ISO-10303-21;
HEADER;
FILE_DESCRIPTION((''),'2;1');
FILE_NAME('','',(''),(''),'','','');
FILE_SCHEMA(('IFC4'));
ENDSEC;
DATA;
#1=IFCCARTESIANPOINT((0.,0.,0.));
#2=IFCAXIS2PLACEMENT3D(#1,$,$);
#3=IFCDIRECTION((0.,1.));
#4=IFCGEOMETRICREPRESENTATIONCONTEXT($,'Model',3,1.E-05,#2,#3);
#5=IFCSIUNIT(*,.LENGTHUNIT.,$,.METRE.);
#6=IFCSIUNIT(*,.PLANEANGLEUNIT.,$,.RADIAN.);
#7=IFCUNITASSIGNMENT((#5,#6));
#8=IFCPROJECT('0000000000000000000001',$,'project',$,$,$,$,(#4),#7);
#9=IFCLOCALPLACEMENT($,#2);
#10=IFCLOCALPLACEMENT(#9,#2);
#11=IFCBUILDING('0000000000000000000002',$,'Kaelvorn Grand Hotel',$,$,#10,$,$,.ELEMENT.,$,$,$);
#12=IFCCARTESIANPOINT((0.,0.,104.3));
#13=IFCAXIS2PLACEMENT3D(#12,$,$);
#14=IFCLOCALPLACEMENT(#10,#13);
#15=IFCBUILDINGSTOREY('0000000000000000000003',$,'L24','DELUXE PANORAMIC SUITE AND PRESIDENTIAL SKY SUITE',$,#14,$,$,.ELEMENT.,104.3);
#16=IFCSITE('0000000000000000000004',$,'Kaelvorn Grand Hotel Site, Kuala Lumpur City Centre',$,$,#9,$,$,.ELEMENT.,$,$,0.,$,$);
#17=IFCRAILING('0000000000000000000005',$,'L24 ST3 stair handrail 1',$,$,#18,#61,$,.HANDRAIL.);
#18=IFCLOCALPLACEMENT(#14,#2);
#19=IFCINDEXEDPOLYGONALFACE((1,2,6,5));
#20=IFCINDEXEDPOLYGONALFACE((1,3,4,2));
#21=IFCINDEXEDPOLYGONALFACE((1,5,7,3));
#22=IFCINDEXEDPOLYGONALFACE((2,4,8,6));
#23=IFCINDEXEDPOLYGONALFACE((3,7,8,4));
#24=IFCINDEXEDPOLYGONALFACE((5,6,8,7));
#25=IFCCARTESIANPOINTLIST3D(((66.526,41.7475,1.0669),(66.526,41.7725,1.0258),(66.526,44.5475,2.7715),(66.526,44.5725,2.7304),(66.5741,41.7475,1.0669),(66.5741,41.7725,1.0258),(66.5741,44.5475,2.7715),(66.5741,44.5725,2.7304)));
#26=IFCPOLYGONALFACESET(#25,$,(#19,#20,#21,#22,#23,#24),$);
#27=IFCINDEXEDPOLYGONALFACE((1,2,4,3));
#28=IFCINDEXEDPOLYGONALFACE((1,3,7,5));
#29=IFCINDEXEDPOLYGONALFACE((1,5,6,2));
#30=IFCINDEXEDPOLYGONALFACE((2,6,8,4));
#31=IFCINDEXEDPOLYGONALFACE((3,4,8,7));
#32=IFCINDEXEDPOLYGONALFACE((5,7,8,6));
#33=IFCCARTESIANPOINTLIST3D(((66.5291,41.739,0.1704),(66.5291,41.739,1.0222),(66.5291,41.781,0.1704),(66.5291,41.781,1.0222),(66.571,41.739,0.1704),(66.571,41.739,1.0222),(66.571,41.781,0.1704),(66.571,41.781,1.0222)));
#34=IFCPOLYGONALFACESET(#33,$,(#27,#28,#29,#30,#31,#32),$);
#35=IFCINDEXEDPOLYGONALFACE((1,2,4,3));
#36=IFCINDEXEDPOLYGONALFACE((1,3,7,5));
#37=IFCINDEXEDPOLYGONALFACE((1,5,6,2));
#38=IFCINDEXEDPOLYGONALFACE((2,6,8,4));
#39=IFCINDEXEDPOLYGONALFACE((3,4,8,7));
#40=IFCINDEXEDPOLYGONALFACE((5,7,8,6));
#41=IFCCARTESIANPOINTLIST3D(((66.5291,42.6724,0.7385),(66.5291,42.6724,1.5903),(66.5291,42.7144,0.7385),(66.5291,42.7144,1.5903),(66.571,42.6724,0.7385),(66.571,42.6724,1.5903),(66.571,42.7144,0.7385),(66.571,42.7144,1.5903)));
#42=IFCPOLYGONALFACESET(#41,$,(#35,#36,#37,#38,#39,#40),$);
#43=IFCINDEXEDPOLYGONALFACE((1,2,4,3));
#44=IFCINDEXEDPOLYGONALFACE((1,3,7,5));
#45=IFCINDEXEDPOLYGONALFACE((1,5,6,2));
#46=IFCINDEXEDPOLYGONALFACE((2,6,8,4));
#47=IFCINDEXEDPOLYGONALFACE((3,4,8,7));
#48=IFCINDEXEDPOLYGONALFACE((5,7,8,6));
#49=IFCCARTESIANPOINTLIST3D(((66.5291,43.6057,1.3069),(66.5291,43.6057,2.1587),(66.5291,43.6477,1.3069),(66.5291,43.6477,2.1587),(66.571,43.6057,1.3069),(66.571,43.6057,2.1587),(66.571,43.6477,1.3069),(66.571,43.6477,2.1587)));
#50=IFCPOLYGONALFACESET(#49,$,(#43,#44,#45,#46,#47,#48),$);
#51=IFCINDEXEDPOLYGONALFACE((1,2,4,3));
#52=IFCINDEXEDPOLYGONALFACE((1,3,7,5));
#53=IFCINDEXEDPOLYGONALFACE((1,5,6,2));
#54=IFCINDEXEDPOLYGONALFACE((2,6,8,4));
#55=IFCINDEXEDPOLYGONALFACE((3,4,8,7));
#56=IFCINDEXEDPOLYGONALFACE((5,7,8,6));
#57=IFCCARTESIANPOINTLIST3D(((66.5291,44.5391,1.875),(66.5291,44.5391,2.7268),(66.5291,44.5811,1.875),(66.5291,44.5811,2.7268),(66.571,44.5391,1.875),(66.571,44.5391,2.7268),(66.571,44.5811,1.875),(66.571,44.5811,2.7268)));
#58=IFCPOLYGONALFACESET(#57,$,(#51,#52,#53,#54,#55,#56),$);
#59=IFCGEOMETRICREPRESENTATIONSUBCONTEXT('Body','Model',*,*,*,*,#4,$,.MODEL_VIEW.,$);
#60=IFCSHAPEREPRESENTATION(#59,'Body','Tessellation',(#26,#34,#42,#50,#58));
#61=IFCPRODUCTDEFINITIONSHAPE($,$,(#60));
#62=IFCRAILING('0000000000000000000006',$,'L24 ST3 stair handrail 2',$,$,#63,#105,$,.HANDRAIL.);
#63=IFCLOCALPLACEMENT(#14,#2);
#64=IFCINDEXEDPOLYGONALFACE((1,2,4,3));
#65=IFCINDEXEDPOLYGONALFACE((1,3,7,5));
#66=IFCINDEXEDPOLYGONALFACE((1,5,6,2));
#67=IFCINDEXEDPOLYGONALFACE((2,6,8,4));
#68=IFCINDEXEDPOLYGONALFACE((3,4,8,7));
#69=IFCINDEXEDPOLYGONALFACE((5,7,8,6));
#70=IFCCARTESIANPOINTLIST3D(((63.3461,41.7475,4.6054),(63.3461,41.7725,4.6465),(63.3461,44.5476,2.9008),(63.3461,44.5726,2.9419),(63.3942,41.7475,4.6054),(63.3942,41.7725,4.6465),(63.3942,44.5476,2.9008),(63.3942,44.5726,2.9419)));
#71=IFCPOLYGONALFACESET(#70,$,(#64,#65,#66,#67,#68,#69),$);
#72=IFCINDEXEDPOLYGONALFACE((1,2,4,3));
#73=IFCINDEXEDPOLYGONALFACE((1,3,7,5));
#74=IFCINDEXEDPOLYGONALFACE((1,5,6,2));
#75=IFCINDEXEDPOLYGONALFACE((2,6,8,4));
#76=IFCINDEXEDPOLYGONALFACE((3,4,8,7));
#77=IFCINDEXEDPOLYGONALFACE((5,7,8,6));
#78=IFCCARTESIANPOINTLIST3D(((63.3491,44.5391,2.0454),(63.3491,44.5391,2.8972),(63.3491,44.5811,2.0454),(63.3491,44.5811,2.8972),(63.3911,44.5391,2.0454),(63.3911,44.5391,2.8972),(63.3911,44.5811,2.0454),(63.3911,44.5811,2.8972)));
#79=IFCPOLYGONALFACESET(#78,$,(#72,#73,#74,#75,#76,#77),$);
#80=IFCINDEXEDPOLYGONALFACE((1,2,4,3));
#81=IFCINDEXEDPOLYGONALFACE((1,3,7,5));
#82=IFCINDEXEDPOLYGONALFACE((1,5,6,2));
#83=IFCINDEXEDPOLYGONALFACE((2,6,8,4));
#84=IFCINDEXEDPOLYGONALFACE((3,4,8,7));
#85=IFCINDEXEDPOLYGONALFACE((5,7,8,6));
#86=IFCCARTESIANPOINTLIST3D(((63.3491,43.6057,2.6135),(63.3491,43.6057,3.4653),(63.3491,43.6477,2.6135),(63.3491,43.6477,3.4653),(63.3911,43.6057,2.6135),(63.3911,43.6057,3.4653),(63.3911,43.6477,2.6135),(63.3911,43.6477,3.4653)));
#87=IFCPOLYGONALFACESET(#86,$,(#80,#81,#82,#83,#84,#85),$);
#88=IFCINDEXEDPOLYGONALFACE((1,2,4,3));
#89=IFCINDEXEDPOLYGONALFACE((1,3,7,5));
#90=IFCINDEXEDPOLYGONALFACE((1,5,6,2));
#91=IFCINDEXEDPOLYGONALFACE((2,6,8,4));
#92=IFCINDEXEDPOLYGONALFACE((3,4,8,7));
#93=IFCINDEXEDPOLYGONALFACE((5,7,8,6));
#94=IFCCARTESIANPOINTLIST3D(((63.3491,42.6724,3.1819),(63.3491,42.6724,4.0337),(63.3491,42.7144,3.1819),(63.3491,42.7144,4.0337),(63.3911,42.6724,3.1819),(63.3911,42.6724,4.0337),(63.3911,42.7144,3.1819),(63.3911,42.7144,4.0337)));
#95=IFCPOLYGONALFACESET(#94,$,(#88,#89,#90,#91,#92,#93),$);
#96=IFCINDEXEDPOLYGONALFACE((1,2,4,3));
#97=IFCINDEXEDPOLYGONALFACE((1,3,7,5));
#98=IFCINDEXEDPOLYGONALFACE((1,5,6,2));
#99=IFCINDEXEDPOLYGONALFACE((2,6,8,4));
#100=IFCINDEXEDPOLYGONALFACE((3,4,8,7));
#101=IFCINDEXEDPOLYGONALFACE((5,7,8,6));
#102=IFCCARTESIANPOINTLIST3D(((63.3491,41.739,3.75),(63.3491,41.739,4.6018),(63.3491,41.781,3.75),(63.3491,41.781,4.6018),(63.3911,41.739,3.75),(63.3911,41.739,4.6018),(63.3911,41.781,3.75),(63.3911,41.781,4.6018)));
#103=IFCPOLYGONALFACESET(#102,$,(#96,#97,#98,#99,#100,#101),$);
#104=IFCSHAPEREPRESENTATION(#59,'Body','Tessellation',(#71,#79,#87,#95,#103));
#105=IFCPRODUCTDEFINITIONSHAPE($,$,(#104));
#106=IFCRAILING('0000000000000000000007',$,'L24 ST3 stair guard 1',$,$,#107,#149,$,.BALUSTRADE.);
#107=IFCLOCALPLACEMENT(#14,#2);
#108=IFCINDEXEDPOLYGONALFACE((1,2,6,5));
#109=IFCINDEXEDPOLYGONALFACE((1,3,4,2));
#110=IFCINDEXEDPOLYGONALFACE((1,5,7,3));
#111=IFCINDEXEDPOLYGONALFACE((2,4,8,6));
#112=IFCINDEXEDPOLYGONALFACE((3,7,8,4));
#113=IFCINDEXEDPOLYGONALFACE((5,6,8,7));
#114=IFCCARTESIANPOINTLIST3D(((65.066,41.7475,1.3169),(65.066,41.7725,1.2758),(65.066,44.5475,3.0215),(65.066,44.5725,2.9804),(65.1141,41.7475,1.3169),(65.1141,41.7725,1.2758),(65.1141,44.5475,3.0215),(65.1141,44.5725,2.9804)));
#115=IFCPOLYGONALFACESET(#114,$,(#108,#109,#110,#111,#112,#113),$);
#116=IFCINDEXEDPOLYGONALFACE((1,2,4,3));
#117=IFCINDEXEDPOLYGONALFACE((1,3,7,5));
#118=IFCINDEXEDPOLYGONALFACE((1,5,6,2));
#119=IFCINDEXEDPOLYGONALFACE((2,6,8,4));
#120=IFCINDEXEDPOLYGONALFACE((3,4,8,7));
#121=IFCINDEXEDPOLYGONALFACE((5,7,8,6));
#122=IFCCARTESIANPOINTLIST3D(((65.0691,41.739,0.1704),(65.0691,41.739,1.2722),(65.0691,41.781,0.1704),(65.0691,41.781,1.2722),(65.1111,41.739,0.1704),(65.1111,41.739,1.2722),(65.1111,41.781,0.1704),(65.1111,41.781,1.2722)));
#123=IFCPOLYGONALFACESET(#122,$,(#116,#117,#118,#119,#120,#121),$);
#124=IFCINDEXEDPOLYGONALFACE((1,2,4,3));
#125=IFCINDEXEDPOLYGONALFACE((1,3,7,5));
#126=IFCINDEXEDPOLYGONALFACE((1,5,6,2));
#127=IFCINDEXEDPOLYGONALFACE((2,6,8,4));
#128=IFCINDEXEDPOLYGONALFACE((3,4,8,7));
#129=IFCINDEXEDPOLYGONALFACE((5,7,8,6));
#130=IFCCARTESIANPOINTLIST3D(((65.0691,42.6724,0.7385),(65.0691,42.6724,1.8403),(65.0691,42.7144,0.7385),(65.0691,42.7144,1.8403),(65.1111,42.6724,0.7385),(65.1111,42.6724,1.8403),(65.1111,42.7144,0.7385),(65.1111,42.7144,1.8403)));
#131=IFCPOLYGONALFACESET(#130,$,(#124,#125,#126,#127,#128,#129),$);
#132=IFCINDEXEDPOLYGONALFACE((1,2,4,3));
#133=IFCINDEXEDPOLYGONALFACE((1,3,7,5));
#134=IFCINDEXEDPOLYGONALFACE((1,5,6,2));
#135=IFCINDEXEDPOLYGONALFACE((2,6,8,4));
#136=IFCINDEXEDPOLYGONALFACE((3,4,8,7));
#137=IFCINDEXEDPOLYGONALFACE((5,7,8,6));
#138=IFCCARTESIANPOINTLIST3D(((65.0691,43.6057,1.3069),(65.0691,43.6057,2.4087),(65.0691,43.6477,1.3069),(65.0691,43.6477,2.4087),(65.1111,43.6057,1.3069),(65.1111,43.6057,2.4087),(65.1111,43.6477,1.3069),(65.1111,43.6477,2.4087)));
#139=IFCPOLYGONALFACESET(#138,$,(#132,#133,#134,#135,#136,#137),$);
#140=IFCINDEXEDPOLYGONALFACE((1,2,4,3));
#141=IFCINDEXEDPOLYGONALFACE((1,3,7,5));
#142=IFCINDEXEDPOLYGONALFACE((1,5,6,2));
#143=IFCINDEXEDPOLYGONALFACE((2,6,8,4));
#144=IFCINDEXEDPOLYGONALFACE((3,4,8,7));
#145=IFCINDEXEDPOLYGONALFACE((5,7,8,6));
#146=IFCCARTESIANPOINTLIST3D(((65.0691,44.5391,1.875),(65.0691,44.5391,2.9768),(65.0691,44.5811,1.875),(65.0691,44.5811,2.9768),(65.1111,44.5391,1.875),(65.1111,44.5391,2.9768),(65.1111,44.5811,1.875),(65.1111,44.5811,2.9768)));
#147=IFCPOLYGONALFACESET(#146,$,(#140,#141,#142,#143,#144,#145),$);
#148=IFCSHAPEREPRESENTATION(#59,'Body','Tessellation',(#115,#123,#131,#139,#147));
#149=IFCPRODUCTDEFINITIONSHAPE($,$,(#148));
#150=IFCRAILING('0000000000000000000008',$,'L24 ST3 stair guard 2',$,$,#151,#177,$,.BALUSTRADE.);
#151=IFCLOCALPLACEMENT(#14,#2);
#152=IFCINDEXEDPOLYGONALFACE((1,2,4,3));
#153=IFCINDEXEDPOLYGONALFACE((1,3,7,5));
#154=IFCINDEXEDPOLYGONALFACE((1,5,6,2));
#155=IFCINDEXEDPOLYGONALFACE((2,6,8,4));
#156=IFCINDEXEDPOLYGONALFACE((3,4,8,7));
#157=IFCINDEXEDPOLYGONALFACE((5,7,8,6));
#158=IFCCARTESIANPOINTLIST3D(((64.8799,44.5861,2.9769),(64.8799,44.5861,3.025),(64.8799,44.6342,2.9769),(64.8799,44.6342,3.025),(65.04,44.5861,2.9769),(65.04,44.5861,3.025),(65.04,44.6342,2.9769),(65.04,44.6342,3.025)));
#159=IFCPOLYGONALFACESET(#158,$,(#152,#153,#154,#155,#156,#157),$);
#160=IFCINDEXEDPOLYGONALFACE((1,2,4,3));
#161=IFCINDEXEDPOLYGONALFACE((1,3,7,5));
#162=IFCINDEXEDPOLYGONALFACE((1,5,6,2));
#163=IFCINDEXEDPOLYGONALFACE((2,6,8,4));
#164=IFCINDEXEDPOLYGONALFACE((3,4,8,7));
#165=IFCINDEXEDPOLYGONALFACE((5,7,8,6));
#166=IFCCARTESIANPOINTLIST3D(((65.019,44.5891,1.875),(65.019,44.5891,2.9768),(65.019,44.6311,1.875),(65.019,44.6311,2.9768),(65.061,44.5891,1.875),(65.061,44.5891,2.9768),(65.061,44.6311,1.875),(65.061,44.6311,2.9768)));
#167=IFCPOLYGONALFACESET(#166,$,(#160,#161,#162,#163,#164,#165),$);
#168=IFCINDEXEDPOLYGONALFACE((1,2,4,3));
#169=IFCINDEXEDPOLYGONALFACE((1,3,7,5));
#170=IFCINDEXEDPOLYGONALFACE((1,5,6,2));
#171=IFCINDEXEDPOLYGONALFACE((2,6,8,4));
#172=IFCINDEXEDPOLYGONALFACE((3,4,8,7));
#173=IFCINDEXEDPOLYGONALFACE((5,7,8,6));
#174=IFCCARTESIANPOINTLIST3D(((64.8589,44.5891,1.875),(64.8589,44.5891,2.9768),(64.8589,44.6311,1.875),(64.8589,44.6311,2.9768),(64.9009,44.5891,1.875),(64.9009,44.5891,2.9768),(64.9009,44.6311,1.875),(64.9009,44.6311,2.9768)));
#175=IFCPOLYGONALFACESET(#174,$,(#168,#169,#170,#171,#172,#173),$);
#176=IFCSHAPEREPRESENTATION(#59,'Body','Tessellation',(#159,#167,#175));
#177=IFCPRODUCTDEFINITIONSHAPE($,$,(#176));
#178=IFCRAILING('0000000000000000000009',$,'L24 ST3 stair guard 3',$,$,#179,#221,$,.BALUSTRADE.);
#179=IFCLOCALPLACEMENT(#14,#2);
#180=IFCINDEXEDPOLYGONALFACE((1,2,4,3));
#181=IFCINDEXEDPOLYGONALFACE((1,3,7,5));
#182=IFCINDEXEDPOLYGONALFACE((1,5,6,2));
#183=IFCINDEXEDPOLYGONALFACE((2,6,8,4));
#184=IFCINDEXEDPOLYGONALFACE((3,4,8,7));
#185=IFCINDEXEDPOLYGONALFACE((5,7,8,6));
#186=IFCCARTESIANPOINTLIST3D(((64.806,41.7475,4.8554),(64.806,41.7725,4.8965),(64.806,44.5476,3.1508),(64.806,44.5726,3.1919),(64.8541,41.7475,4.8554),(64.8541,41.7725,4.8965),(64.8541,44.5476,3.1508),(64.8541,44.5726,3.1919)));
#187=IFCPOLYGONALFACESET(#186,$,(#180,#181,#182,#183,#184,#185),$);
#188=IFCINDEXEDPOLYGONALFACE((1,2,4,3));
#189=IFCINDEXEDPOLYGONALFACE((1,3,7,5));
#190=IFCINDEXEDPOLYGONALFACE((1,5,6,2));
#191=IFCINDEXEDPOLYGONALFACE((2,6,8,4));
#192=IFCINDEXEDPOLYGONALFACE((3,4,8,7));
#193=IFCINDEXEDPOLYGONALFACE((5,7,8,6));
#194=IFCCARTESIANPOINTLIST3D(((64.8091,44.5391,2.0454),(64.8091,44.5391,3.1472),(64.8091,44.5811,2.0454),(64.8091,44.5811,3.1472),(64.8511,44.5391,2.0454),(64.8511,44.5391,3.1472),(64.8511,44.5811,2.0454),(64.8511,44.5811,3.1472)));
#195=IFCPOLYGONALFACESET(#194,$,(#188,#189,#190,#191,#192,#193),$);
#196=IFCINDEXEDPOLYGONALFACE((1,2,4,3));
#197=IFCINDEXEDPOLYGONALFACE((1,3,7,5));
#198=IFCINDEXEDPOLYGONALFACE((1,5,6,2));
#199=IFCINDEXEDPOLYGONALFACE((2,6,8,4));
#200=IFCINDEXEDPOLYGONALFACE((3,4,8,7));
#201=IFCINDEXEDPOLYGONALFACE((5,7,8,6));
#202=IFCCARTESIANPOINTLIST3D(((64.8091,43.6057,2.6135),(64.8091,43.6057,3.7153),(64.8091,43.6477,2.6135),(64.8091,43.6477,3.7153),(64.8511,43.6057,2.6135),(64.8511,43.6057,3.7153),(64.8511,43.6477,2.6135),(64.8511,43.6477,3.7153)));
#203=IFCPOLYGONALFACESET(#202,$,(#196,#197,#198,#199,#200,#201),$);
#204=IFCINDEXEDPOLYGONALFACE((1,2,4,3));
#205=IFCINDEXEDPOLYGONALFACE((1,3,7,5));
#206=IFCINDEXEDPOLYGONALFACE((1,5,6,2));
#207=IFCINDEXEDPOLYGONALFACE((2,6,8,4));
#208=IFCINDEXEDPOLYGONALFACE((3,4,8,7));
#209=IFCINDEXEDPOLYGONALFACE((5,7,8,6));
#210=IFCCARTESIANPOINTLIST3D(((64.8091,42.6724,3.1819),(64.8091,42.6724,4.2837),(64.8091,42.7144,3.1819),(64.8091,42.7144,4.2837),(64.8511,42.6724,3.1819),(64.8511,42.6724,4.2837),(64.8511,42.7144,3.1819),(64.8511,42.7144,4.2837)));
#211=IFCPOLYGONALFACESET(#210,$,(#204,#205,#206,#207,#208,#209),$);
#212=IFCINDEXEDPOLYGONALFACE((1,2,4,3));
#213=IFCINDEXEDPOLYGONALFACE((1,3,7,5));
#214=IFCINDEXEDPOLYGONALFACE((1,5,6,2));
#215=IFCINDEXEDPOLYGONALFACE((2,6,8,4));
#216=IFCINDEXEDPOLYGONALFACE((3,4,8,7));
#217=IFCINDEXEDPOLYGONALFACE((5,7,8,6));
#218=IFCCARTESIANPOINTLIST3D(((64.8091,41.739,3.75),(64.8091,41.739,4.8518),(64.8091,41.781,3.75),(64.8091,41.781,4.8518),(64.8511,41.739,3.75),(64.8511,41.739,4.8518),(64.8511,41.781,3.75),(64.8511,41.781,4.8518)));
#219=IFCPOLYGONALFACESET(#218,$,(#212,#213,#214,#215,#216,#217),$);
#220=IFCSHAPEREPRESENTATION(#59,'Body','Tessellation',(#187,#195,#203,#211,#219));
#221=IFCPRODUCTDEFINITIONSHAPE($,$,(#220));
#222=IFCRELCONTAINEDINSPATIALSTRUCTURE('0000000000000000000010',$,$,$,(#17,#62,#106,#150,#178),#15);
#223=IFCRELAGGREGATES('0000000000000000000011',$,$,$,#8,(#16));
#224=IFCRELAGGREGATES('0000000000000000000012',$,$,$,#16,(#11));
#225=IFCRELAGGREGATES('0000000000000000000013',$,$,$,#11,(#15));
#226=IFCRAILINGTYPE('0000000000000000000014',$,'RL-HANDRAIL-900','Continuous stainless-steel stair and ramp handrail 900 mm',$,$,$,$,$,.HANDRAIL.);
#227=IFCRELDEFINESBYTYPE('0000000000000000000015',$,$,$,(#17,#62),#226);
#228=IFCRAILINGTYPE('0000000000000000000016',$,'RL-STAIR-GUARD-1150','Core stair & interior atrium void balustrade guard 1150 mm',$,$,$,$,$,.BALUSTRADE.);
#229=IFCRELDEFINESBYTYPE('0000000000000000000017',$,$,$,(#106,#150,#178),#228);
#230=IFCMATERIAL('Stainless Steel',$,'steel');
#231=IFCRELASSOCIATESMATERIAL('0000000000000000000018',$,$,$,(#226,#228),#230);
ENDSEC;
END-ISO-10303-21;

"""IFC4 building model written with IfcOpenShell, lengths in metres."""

from ifc_helpers import new_model, si_unit, direction, frame, origin, origin_2d, place, context, subcontext, project, spatial, rectangle, extrude, material, type_object, element, save


model = new_model("IFC4")

# Units and contexts
model_context = context("Model", 3, precision=1e-05, world=origin(), true_north=direction((0.0, 1.0)))
body_context = subcontext(model_context, "Body", "Model", "MODEL_VIEW")
ifc_project = project(units=[si_unit("LENGTHUNIT", "METRE"), si_unit("PLANEANGLEUNIT", "RADIAN")], contexts=[model_context])

# Site, building, storey
site_placement = place(None, origin())
site = spatial("IfcSite", under=ifc_project, at=site_placement, Name="Kaelvorn Grand Hotel Site, Kuala Lumpur City Centre", CompositionType="ELEMENT", RefElevation=0.0)
building_placement = place(site_placement, origin())
building = spatial("IfcBuilding", under=site, at=building_placement, Name="Kaelvorn Grand Hotel", CompositionType="ELEMENT")
storey_placement = place(building_placement, frame((0.0, 0.0, 104.3)))
storey = spatial("IfcBuildingStorey", under=building, at=storey_placement, Name="L24", Description="DELUXE PANORAMIC SUITE AND PRESIDENTIAL SKY SUITE", CompositionType="ELEMENT", Elevation=104.3)

# Shared definitions
ifc_material_1 = material(Name="Stainless Steel", Category="steel")

# Railings
railing_type_1 = type_object("IfcRailingType", Name="RL-HANDRAIL-900", Description="Continuous stainless-steel stair and ramp handrail 900 mm", PredefinedType="HANDRAIL", material=ifc_material_1)
railing_1_placement = place(storey_placement, frame((66.55, 41.76, 0.1704)))
element("IfcRailing", 1, at=railing_1_placement, inside=storey, type_object=railing_type_1, Name="L24 ST3 stair handrail 1", PredefinedType="HANDRAIL", context=body_context, shape_type="SweptSolid", body=[
    extrude(rectangle(XDim=0.0481, YDim=0.0481, at=origin_2d()), frame((0.0, 0.0, 0.876), z_axis=(0.0, 0.85417, 0.519994), x_axis=(-1.0, 0.0, 0.0)), (0.0, 0.0, 1.0), 3.2781),
    extrude(rectangle(XDim=0.042, YDim=0.042, at=origin_2d()), origin(), (0.0, 0.0, 1.0), 0.8518),
    extrude(rectangle(XDim=0.042, YDim=0.042, at=origin_2d()), frame((0.0, 0.9333, 0.5681)), (0.0, 0.0, 1.0), 0.8518),
    extrude(rectangle(XDim=0.042, YDim=0.042, at=origin_2d()), frame((0.0, 1.8667, 1.1365)), (0.0, 0.0, 1.0), 0.8518),
    extrude(rectangle(XDim=0.042, YDim=0.042, at=origin_2d()), frame((0.0, 2.8, 1.7046)), (0.0, 0.0, 1.0), 0.8518),
])
railing_2_placement = place(storey_placement, frame((63.3701, 44.5601, 2.0454)))
element("IfcRailing", 2, at=railing_2_placement, inside=storey, type_object=railing_type_1, Name="L24 ST3 stair handrail 2", PredefinedType="HANDRAIL", context=body_context, shape_type="SweptSolid", body=[
    extrude(rectangle(XDim=0.0481, YDim=0.0481, at=origin_2d()), frame((0.0, 0.0, 0.876), z_axis=(0.0, -0.85417, 0.519994), x_axis=(1.0, 0.0, 0.0)), (0.0, 0.0, 1.0), 3.2781),
    extrude(rectangle(XDim=0.042, YDim=0.042, at=origin_2d()), origin(), (0.0, 0.0, 1.0), 0.8518),
    extrude(rectangle(XDim=0.042, YDim=0.042, at=origin_2d()), frame((0.0, -0.9333, 0.5681)), (0.0, 0.0, 1.0), 0.8518),
    extrude(rectangle(XDim=0.042, YDim=0.042, at=origin_2d()), frame((0.0, -1.8667, 1.1365)), (0.0, 0.0, 1.0), 0.8518),
    extrude(rectangle(XDim=0.042, YDim=0.042, at=origin_2d()), frame((0.0, -2.8, 1.7046)), (0.0, 0.0, 1.0), 0.8518),
])
railing_type_2 = type_object("IfcRailingType", Name="RL-STAIR-GUARD-1150", Description="Core stair & interior atrium void balustrade guard 1150 mm", PredefinedType="BALUSTRADE", material=ifc_material_1)
railing_3_placement = place(storey_placement, frame((65.0901, 41.76, 0.1704)))
element("IfcRailing", 3, at=railing_3_placement, inside=storey, type_object=railing_type_2, Name="L24 ST3 stair guard 1", PredefinedType="BALUSTRADE", context=body_context, shape_type="SweptSolid", body=[
    extrude(rectangle(XDim=0.0481, YDim=0.0481, at=origin_2d()), frame((0.0, 0.0, 1.126), z_axis=(0.0, 0.85417, 0.519994), x_axis=(-1.0, 0.0, 0.0)), (0.0, 0.0, 1.0), 3.2781),
    extrude(rectangle(XDim=0.042, YDim=0.042, at=origin_2d()), origin(), (0.0, 0.0, 1.0), 1.1018),
    extrude(rectangle(XDim=0.042, YDim=0.042, at=origin_2d()), frame((0.0, 0.9333, 0.5681)), (0.0, 0.0, 1.0), 1.1018),
    extrude(rectangle(XDim=0.042, YDim=0.042, at=origin_2d()), frame((0.0, 1.8667, 1.1365)), (0.0, 0.0, 1.0), 1.1018),
    extrude(rectangle(XDim=0.042, YDim=0.042, at=origin_2d()), frame((0.0, 2.8, 1.7046)), (0.0, 0.0, 1.0), 1.1018),
])
railing_4_placement = place(storey_placement, frame((65.04, 44.6101, 1.875)))
element("IfcRailing", 4, at=railing_4_placement, inside=storey, type_object=railing_type_2, Name="L24 ST3 stair guard 2", PredefinedType="BALUSTRADE", context=body_context, shape_type="SweptSolid", body=[
    extrude(rectangle(XDim=0.0481, YDim=0.0481, at=origin_2d()), frame((0.0, 0.0, 1.126), z_axis=(-1.0, 0.0, 0.0), x_axis=(0.0, -1.0, 0.0)), (0.0, 0.0, 1.0), 0.1602),
    extrude(rectangle(XDim=0.042, YDim=0.042, at=origin_2d()), origin(), (0.0, 0.0, 1.0), 1.1018),
    extrude(rectangle(XDim=0.042, YDim=0.042, at=origin_2d()), frame((-0.1602, 0.0, 0.0)), (0.0, 0.0, 1.0), 1.1018),
])
railing_5_placement = place(storey_placement, frame((64.8301, 44.5601, 2.0454)))
element("IfcRailing", 5, at=railing_5_placement, inside=storey, type_object=railing_type_2, Name="L24 ST3 stair guard 3", PredefinedType="BALUSTRADE", context=body_context, shape_type="SweptSolid", body=[
    extrude(rectangle(XDim=0.0481, YDim=0.0481, at=origin_2d()), frame((0.0, 0.0, 1.126), z_axis=(0.0, -0.85417, 0.519994), x_axis=(1.0, 0.0, 0.0)), (0.0, 0.0, 1.0), 3.2781),
    extrude(rectangle(XDim=0.042, YDim=0.042, at=origin_2d()), origin(), (0.0, 0.0, 1.0), 1.1018),
    extrude(rectangle(XDim=0.042, YDim=0.042, at=origin_2d()), frame((0.0, -0.9333, 0.5681)), (0.0, 0.0, 1.0), 1.1018),
    extrude(rectangle(XDim=0.042, YDim=0.042, at=origin_2d()), frame((0.0, -1.8667, 1.1365)), (0.0, 0.0, 1.0), 1.1018),
    extrude(rectangle(XDim=0.042, YDim=0.042, at=origin_2d()), frame((0.0, -2.8, 1.7046)), (0.0, 0.0, 1.0), 1.1018),
])

save(model, "model.ifc")
